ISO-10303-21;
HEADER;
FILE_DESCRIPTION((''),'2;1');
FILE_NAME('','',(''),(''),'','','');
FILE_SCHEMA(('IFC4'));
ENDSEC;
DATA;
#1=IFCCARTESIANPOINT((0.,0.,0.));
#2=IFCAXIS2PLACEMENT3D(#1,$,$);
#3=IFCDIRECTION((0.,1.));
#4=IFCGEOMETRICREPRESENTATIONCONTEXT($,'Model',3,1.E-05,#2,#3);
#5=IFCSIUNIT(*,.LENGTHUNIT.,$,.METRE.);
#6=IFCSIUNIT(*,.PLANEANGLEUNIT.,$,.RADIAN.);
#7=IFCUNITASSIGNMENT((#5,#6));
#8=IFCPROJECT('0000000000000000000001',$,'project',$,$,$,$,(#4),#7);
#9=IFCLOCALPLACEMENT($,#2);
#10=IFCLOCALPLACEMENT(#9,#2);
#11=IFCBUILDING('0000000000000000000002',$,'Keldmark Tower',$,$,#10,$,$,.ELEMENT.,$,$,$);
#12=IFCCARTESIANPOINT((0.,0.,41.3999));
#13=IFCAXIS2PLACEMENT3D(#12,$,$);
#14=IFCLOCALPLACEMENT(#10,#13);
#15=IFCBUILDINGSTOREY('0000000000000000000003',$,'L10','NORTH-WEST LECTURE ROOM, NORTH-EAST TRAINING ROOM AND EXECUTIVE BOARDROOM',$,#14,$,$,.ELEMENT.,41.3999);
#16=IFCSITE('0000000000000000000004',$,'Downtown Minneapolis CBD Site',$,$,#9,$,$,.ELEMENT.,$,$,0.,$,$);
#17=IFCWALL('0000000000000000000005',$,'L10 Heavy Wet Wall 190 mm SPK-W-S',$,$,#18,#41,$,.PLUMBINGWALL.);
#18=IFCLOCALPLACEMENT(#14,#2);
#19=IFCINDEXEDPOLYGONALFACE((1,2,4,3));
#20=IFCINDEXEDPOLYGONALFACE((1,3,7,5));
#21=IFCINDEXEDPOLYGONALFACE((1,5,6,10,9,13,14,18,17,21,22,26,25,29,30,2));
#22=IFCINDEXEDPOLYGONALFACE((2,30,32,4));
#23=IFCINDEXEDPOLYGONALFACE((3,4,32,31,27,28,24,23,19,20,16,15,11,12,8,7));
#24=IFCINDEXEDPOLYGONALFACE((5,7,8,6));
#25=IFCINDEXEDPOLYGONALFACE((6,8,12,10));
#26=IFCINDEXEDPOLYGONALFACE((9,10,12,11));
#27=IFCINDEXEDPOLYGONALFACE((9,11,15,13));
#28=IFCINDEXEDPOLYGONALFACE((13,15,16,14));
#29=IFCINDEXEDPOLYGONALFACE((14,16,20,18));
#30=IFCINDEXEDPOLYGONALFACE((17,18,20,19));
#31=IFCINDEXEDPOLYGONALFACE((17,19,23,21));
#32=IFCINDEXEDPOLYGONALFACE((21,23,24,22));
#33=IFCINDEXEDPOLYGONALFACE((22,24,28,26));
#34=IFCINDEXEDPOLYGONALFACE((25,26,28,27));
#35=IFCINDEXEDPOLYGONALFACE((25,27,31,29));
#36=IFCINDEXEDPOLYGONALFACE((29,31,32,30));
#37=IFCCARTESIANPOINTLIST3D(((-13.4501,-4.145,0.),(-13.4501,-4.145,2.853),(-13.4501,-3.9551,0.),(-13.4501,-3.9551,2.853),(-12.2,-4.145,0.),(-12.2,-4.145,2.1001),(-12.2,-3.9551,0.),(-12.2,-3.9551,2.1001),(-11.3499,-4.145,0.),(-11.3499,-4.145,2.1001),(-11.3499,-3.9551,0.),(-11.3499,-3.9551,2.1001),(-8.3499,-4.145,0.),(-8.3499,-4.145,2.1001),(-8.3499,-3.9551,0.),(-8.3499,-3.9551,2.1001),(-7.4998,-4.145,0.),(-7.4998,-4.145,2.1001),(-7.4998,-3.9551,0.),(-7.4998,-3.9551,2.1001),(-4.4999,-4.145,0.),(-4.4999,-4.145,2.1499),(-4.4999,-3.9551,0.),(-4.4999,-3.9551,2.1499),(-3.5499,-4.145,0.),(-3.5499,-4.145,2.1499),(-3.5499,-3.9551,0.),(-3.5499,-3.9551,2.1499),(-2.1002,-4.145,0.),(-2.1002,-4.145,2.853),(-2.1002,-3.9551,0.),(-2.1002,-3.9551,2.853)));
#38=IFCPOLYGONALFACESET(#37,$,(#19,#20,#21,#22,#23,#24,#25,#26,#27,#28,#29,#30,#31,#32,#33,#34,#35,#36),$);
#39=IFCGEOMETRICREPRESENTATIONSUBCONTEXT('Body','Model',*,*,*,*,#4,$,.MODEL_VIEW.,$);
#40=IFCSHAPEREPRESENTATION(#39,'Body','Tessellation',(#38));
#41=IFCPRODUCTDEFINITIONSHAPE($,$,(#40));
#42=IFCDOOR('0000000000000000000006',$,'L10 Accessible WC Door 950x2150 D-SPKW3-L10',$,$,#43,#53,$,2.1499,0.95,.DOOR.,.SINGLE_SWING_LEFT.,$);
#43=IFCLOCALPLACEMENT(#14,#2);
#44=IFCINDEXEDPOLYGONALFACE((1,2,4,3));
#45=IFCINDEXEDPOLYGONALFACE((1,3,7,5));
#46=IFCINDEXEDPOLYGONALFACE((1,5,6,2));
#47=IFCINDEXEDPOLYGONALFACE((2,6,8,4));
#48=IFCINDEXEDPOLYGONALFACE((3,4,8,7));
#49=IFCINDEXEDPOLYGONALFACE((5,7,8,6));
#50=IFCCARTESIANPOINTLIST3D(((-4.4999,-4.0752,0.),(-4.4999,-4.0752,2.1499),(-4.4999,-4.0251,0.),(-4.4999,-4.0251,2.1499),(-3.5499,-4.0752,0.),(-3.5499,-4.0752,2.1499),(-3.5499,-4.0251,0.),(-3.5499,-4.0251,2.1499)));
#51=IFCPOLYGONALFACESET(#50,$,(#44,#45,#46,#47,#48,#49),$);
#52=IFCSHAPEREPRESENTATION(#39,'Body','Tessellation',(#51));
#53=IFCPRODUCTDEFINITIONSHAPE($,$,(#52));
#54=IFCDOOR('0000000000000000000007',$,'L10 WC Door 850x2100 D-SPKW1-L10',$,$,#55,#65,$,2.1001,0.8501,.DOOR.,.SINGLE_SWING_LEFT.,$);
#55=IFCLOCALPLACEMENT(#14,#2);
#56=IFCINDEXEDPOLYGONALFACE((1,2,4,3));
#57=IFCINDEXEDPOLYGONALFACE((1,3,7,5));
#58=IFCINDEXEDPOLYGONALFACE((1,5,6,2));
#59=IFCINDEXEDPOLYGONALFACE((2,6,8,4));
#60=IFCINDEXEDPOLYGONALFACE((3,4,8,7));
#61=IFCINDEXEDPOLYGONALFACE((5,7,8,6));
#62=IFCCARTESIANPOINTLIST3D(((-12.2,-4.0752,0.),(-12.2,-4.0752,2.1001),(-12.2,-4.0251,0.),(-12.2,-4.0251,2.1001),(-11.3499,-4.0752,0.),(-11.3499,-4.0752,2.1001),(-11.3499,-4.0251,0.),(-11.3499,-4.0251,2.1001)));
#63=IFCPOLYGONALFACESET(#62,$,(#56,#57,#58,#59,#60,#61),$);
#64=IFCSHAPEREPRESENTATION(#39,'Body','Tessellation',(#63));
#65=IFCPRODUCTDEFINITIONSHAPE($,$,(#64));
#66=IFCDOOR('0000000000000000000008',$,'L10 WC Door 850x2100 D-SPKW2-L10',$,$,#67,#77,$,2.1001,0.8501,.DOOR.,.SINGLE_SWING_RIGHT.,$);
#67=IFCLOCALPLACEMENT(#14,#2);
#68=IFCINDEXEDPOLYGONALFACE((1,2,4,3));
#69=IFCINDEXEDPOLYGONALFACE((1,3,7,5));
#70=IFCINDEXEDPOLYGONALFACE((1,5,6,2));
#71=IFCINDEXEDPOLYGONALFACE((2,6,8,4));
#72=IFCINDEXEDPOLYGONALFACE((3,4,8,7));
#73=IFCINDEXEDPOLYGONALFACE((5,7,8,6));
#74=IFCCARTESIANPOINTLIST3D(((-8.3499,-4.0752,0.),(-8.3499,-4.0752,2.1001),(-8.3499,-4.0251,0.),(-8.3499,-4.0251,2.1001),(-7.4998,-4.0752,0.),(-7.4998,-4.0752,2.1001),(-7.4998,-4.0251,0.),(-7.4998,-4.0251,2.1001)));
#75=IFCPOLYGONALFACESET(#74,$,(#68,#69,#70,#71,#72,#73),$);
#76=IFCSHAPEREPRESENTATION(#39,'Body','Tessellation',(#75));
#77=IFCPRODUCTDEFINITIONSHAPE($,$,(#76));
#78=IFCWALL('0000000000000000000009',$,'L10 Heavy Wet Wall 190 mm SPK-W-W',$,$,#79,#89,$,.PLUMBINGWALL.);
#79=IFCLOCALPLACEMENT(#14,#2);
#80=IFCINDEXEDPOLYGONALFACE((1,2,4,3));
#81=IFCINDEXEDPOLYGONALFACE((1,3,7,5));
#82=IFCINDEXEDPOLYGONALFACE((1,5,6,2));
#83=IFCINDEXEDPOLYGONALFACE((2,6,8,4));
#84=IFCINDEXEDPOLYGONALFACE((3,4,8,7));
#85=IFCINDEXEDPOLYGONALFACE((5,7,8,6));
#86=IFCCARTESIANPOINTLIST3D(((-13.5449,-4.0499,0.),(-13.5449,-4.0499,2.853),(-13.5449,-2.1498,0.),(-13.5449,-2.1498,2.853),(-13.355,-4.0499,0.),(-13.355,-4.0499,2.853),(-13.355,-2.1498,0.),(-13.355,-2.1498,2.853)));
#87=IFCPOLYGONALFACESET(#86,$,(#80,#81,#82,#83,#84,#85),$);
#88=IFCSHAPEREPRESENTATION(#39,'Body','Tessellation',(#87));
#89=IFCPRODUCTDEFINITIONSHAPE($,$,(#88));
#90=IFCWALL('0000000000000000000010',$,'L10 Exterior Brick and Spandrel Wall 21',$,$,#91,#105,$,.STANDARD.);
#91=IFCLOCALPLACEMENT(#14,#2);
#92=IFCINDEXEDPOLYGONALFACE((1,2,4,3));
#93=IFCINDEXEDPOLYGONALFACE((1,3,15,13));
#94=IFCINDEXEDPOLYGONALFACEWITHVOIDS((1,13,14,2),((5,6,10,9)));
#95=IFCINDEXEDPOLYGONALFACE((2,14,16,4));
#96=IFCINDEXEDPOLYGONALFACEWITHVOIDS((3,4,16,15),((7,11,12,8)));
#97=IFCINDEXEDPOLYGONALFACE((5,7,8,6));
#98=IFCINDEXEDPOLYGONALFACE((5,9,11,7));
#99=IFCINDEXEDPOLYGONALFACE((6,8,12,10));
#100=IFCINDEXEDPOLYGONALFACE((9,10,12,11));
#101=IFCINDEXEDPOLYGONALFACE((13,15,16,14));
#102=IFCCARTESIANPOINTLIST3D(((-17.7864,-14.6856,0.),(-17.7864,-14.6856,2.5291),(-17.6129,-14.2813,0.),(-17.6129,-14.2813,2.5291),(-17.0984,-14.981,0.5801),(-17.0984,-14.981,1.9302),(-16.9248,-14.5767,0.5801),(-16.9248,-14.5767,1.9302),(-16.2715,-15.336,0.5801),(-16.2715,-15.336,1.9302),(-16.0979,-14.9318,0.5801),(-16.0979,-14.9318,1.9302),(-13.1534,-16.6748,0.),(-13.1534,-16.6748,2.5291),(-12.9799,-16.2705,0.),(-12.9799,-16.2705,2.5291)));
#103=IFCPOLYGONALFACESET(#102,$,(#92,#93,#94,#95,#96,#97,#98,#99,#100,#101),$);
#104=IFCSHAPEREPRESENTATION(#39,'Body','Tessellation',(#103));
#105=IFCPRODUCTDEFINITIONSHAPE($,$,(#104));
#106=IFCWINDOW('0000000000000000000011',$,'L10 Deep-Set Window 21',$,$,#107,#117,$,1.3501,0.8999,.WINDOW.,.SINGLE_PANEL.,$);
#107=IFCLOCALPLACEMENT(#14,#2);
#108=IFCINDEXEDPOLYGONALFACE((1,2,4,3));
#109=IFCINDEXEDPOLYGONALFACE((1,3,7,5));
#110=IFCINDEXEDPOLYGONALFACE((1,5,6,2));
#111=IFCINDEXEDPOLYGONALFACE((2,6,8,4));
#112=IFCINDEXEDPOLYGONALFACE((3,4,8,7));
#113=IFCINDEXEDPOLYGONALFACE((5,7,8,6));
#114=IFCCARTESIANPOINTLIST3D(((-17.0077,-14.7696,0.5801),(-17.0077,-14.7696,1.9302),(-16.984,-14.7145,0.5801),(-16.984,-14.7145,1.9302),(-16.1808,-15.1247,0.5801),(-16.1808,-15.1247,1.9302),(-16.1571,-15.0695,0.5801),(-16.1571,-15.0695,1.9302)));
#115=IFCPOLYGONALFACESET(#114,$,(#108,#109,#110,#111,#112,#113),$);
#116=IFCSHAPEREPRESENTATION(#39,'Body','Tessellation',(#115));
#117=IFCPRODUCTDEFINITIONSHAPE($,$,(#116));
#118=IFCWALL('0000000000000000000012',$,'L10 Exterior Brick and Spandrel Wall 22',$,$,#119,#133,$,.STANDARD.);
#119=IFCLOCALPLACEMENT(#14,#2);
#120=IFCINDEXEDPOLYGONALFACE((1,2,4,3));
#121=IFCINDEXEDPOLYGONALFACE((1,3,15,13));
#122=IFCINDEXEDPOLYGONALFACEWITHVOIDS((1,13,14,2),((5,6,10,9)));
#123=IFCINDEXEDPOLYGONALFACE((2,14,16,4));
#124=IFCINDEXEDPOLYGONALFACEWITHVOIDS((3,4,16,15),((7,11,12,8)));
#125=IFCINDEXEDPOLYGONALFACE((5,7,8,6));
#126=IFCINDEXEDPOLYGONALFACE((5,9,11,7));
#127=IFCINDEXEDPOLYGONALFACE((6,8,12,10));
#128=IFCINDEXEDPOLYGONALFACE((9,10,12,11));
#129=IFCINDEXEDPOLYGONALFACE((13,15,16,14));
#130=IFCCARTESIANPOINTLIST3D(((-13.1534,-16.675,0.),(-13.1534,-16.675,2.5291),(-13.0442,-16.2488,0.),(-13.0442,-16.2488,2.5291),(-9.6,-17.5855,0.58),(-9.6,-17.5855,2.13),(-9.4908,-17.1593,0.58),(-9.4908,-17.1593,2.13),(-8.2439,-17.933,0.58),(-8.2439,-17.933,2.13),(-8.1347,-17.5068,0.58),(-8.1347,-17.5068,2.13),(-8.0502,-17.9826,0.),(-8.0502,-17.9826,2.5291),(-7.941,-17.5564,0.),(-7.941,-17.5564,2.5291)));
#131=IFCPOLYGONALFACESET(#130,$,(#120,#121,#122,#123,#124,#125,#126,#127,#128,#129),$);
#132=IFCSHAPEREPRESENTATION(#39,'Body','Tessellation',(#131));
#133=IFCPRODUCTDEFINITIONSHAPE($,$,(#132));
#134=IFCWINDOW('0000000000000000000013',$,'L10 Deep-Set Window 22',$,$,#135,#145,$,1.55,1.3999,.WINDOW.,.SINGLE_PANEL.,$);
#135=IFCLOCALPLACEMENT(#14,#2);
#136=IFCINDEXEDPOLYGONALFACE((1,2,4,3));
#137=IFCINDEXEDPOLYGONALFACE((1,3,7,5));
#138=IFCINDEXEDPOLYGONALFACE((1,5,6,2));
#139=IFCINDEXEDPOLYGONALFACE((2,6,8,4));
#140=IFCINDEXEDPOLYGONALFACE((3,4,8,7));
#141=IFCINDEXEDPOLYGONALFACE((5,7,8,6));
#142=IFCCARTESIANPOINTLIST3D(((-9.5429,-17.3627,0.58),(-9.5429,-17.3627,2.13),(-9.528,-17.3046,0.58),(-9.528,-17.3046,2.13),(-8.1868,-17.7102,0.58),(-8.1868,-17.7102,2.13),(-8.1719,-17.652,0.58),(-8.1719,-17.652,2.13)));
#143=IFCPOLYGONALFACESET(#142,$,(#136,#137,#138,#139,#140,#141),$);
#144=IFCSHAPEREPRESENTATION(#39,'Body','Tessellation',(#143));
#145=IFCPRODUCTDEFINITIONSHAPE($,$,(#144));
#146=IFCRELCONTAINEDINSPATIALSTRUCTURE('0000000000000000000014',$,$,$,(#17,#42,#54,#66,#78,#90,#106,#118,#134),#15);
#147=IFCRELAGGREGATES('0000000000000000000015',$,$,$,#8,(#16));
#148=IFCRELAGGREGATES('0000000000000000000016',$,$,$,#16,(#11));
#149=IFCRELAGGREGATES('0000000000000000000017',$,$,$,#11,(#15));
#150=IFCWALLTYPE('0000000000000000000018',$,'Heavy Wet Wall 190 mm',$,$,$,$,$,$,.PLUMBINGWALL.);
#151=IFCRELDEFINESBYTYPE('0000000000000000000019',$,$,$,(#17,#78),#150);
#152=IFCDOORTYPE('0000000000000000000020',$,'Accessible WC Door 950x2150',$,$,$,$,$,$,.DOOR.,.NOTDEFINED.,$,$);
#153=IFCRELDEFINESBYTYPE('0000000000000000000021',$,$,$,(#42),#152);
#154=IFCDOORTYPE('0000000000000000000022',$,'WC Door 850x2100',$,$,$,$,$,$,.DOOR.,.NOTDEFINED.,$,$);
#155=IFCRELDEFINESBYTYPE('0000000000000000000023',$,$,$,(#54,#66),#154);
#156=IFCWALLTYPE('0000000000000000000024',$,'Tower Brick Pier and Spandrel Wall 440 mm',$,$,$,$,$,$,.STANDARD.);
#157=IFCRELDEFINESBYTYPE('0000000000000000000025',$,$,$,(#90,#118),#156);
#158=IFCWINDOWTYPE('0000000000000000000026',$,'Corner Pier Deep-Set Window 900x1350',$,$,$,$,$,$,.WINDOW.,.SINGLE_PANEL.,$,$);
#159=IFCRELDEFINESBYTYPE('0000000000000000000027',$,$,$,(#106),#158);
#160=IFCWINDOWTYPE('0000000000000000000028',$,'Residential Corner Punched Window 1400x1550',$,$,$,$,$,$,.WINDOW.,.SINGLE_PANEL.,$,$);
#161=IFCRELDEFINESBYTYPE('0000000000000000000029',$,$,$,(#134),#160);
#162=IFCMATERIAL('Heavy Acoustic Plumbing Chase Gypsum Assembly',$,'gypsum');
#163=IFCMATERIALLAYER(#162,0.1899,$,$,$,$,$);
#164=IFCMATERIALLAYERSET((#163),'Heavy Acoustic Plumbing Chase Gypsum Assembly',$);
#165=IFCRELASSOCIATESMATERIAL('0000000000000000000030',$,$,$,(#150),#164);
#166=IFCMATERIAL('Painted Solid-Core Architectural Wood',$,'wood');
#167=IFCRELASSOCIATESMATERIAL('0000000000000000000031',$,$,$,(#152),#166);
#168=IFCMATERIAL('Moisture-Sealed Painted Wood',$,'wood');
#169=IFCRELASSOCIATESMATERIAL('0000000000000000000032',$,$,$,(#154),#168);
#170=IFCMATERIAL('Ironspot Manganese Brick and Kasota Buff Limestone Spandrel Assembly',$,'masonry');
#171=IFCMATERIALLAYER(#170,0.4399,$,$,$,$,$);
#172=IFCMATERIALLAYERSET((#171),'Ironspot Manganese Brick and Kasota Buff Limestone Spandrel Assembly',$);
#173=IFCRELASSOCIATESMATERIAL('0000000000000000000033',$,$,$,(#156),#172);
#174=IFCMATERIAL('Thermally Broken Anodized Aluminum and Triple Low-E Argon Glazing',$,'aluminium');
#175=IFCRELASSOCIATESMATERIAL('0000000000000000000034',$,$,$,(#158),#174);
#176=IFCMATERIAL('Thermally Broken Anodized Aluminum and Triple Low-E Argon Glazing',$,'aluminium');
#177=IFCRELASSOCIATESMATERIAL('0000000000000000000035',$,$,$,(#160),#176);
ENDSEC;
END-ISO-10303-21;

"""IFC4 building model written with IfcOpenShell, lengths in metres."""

from ifc_helpers import new_model, si_unit, direction, frame, frame_2d, origin, place, context, subcontext, project, spatial, rectangle, extrude, material, layer, layer_set, type_object, element, fill, save


model = new_model("IFC4")

# Units and contexts
model_context = context("Model", 3, precision=1e-05, world=origin(), true_north=direction((0.0, 1.0)))
body_context = subcontext(model_context, "Body", "Model", "MODEL_VIEW")
ifc_project = project(units=[si_unit("LENGTHUNIT", "METRE"), si_unit("PLANEANGLEUNIT", "RADIAN")], contexts=[model_context])

# Site, building, storey
site_placement = place(None, origin())
site = spatial("IfcSite", under=ifc_project, at=site_placement, Name="Downtown Minneapolis CBD Site", CompositionType="ELEMENT", RefElevation=0.0)
building_placement = place(site_placement, origin())
building = spatial("IfcBuilding", under=site, at=building_placement, Name="Keldmark Tower", CompositionType="ELEMENT")
storey_placement = place(building_placement, frame((0.0, 0.0, 41.3999)))
storey = spatial("IfcBuildingStorey", under=building, at=storey_placement, Name="L10", Description="NORTH-WEST LECTURE ROOM, NORTH-EAST TRAINING ROOM AND EXECUTIVE BOARDROOM", CompositionType="ELEMENT", Elevation=41.3999)

# Wall, openings, doors
ifc_material_1 = material(Name="Heavy Acoustic Plumbing Chase Gypsum Assembly", Category="gypsum")
ifc_layer_1 = layer(ifc_material_1, 0.1899)
ifc_layer_set_1 = layer_set([ifc_layer_1], Name="Heavy Acoustic Plumbing Chase Gypsum Assembly")
wall_type_1 = type_object("IfcWallType", Name="Heavy Wet Wall 190 mm", PredefinedType="PLUMBINGWALL", material=ifc_layer_set_1)
wall_1_placement = place(storey_placement, frame((-13.45, -4.05, 0.0), z_axis=(0.0, 0.0, 1.0), x_axis=(1.0, 0.0, 0.0)))
wall_1 = element("IfcWall", 1, at=wall_1_placement, inside=storey, type_object=wall_type_1, Name="L10 Heavy Wet Wall 190 mm SPK-W-S", PredefinedType="PLUMBINGWALL", context=body_context, shape_type="SweptSolid", body=[
    extrude(rectangle(XDim=11.3499, YDim=0.1899, at=frame_2d((5.6748, 0.0))), origin(), (0.0, 0.0, 1.0), 2.853),
])
opening_1_placement = place(wall_1_placement, frame((1.25, 0.0, 0.0)))
opening_1 = element("IfcOpeningElement", 2, at=opening_1_placement, cuts=wall_1, PredefinedType="OPENING", context=body_context, shape_type="SweptSolid", body=[
    extrude(rectangle(XDim=0.8501, YDim=2.1001, at=frame_2d((0.425, 1.05))), frame((0.0, 0.105, 0.0), z_axis=(0.0, -1.0, 0.0), x_axis=(1.0, 0.0, 0.0)), (0.0, 0.0, 1.0), 0.21),
])
opening_2_placement = place(wall_1_placement, frame((5.1001, 0.0, 0.0)))
opening_2 = element("IfcOpeningElement", 3, at=opening_2_placement, cuts=wall_1, PredefinedType="OPENING", context=body_context, shape_type="SweptSolid", body=[
    extrude(rectangle(XDim=0.8501, YDim=2.1001, at=frame_2d((0.425, 1.05))), frame((0.0, 0.105, 0.0), z_axis=(0.0, -1.0, 0.0), x_axis=(1.0, 0.0, 0.0)), (0.0, 0.0, 1.0), 0.21),
])
opening_3_placement = place(wall_1_placement, frame((8.95, 0.0, 0.0)))
opening_3 = element("IfcOpeningElement", 4, at=opening_3_placement, cuts=wall_1, PredefinedType="OPENING", context=body_context, shape_type="SweptSolid", body=[
    extrude(rectangle(XDim=0.95, YDim=2.1499, at=frame_2d((0.4751, 1.075))), frame((0.0, 0.105, 0.0), z_axis=(0.0, -1.0, 0.0), x_axis=(1.0, 0.0, 0.0)), (0.0, 0.0, 1.0), 0.21),
])
ifc_material_2 = material(Name="Painted Solid-Core Architectural Wood", Category="wood")
door_type_1 = type_object("IfcDoorType", Name="Accessible WC Door 950x2150", OperationType="NOTDEFINED", PredefinedType="DOOR", material=ifc_material_2)
door_1_placement = place(opening_3_placement, origin())
door_1 = element("IfcDoor", 5, at=door_1_placement, inside=storey, type_object=door_type_1, Name="L10 Accessible WC Door 950x2150 D-SPKW3-L10", OperationType="SINGLE_SWING_LEFT", OverallHeight=2.1499, OverallWidth=0.95, PredefinedType="DOOR", context=body_context, shape_type="SweptSolid", body=[
    extrude(rectangle(XDim=0.95, YDim=2.1499, at=frame_2d((0.4751, 1.075))), frame((0.0, 0.0249, 0.0), z_axis=(0.0, -1.0, 0.0), x_axis=(1.0, 0.0, 0.0)), (0.0, 0.0, 1.0), 0.05),
])
fill(opening_3, door_1)
ifc_material_3 = material(Name="Moisture-Sealed Painted Wood", Category="wood")
door_type_2 = type_object("IfcDoorType", Name="WC Door 850x2100", OperationType="NOTDEFINED", PredefinedType="DOOR", material=ifc_material_3)
door_2_placement = place(opening_1_placement, origin())
door_2 = element("IfcDoor", 6, at=door_2_placement, inside=storey, type_object=door_type_2, Name="L10 WC Door 850x2100 D-SPKW1-L10", OperationType="SINGLE_SWING_LEFT", OverallHeight=2.1001, OverallWidth=0.8501, PredefinedType="DOOR", context=body_context, shape_type="SweptSolid", body=[
    extrude(rectangle(XDim=0.8501, YDim=2.1001, at=frame_2d((0.425, 1.05))), frame((0.0, 0.0249, 0.0), z_axis=(0.0, -1.0, 0.0), x_axis=(1.0, 0.0, 0.0)), (0.0, 0.0, 1.0), 0.05),
])
fill(opening_1, door_2)
door_3_placement = place(opening_2_placement, origin())
door_3 = element("IfcDoor", 7, at=door_3_placement, inside=storey, type_object=door_type_2, Name="L10 WC Door 850x2100 D-SPKW2-L10", OperationType="SINGLE_SWING_RIGHT", OverallHeight=2.1001, OverallWidth=0.8501, PredefinedType="DOOR", context=body_context, shape_type="SweptSolid", body=[
    extrude(rectangle(XDim=0.8501, YDim=2.1001, at=frame_2d((0.425, 1.05))), frame((0.0, 0.0249, 0.0), z_axis=(0.0, -1.0, 0.0), x_axis=(1.0, 0.0, 0.0)), (0.0, 0.0, 1.0), 0.05),
])
fill(opening_2, door_3)

# Wall
wall_2_placement = place(storey_placement, frame((-13.45, -4.05, 0.0), z_axis=(0.0, 0.0, 1.0), x_axis=(0.0, 1.0, 0.0)))
element("IfcWall", 8, at=wall_2_placement, inside=storey, type_object=wall_type_1, Name="L10 Heavy Wet Wall 190 mm SPK-W-W", PredefinedType="PLUMBINGWALL", context=body_context, shape_type="SweptSolid", body=[
    extrude(rectangle(XDim=1.9001, YDim=0.1899, at=frame_2d((0.9502, 0.0))), origin(), (0.0, 0.0, 1.0), 2.853),
])

# Walls, openings, windows
ifc_material_4 = material(Name="Ironspot Manganese Brick and Kasota Buff Limestone Spandrel Assembly", Category="masonry")
ifc_layer_2 = layer(ifc_material_4, 0.4399)
ifc_layer_set_2 = layer_set([ifc_layer_2], Name="Ironspot Manganese Brick and Kasota Buff Limestone Spandrel Assembly")
wall_type_2 = type_object("IfcWallType", Name="Tower Brick Pier and Spandrel Wall 440 mm", PredefinedType="STANDARD", material=ifc_layer_set_2)
wall_3_placement = place(storey_placement, frame((-13.0667, -16.4727, 0.0), z_axis=(0.0, 0.0, 1.0), x_axis=(-0.918882, 0.394533, 0.0)))
wall_3 = element("IfcWall", 9, at=wall_3_placement, inside=storey, type_object=wall_type_2, Name="L10 Exterior Brick and Spandrel Wall 21", PredefinedType="STANDARD", context=body_context, shape_type="SweptSolid", body=[
    extrude(rectangle(XDim=5.042, YDim=0.4399, at=frame_2d((2.521, 0.0))), origin(), (0.0, 0.0, 1.0), 2.5291),
])
opening_4_placement = place(wall_3_placement, frame((3.3933, 0.0, 0.5801)))
opening_4 = element("IfcOpeningElement", 10, at=opening_4_placement, cuts=wall_3, PredefinedType="OPENING", context=body_context, shape_type="SweptSolid", body=[
    extrude(rectangle(XDim=0.8999, YDim=1.3501, at=frame_2d((0.45, 0.675))), frame((0.0, 0.23, 0.0), z_axis=(0.0, -1.0, 0.0), x_axis=(1.0, 0.0, 0.0)), (0.0, 0.0, 1.0), 0.46),
])
ifc_material_5 = material(Name="Thermally Broken Anodized Aluminum and Triple Low-E Argon Glazing", Category="aluminium")
window_type_1 = type_object("IfcWindowType", Name="Corner Pier Deep-Set Window 900x1350", PartitioningType="SINGLE_PANEL", PredefinedType="WINDOW", material=ifc_material_5)
window_1_placement = place(opening_4_placement, origin())
window_1 = element("IfcWindow", 11, at=window_1_placement, inside=storey, type_object=window_type_1, Name="L10 Deep-Set Window 21", OverallHeight=1.3501, OverallWidth=0.8999, PartitioningType="SINGLE_PANEL", PredefinedType="WINDOW", context=body_context, shape_type="SweptSolid", body=[
    extrude(rectangle(XDim=0.8999, YDim=1.3501, at=frame_2d((0.45, 0.675))), frame((0.0, -0.01, 0.0), z_axis=(0.0, -1.0, 0.0), x_axis=(1.0, 0.0, 0.0)), (0.0, 0.0, 1.0), 0.0601),
])
fill(opening_4, window_1)
wall_4_placement = place(storey_placement, frame((-7.9956, -17.7695, 0.0), z_axis=(0.0, 0.0, 1.0), x_axis=(-0.968706, 0.248213, 0.0)))
wall_4 = element("IfcWall", 12, at=wall_4_placement, inside=storey, type_object=wall_type_2, Name="L10 Exterior Brick and Spandrel Wall 22", PredefinedType="STANDARD", context=body_context, shape_type="SweptSolid", body=[
    extrude(rectangle(XDim=5.2681, YDim=0.4399, at=frame_2d((2.634, 0.0))), origin(), (0.0, 0.0, 1.0), 2.5291),
])
opening_5_placement = place(wall_4_placement, frame((0.2, 0.0, 0.5801)))
opening_5 = element("IfcOpeningElement", 13, at=opening_5_placement, cuts=wall_4, PredefinedType="OPENING", context=body_context, shape_type="SweptSolid", body=[
    extrude(rectangle(XDim=1.3999, YDim=1.55, at=frame_2d((0.7, 0.7749))), frame((0.0, 0.23, 0.0), z_axis=(0.0, -1.0, 0.0), x_axis=(1.0, 0.0, 0.0)), (0.0, 0.0, 1.0), 0.46),
])
ifc_material_6 = material(Name="Thermally Broken Anodized Aluminum and Triple Low-E Argon Glazing", Category="aluminium")
window_type_2 = type_object("IfcWindowType", Name="Residential Corner Punched Window 1400x1550", PartitioningType="SINGLE_PANEL", PredefinedType="WINDOW", material=ifc_material_6)
window_2_placement = place(opening_5_placement, origin())
window_2 = element("IfcWindow", 14, at=window_2_placement, inside=storey, type_object=window_type_2, Name="L10 Deep-Set Window 22", OverallHeight=1.55, OverallWidth=1.3999, PartitioningType="SINGLE_PANEL", PredefinedType="WINDOW", context=body_context, shape_type="SweptSolid", body=[
    extrude(rectangle(XDim=1.3999, YDim=1.55, at=frame_2d((0.7, 0.7749))), frame((0.0, -0.01, 0.0), z_axis=(0.0, -1.0, 0.0), x_axis=(1.0, 0.0, 0.0)), (0.0, 0.0, 1.0), 0.0601),
])
fill(opening_5, window_2)

save(model, "model.ifc")
